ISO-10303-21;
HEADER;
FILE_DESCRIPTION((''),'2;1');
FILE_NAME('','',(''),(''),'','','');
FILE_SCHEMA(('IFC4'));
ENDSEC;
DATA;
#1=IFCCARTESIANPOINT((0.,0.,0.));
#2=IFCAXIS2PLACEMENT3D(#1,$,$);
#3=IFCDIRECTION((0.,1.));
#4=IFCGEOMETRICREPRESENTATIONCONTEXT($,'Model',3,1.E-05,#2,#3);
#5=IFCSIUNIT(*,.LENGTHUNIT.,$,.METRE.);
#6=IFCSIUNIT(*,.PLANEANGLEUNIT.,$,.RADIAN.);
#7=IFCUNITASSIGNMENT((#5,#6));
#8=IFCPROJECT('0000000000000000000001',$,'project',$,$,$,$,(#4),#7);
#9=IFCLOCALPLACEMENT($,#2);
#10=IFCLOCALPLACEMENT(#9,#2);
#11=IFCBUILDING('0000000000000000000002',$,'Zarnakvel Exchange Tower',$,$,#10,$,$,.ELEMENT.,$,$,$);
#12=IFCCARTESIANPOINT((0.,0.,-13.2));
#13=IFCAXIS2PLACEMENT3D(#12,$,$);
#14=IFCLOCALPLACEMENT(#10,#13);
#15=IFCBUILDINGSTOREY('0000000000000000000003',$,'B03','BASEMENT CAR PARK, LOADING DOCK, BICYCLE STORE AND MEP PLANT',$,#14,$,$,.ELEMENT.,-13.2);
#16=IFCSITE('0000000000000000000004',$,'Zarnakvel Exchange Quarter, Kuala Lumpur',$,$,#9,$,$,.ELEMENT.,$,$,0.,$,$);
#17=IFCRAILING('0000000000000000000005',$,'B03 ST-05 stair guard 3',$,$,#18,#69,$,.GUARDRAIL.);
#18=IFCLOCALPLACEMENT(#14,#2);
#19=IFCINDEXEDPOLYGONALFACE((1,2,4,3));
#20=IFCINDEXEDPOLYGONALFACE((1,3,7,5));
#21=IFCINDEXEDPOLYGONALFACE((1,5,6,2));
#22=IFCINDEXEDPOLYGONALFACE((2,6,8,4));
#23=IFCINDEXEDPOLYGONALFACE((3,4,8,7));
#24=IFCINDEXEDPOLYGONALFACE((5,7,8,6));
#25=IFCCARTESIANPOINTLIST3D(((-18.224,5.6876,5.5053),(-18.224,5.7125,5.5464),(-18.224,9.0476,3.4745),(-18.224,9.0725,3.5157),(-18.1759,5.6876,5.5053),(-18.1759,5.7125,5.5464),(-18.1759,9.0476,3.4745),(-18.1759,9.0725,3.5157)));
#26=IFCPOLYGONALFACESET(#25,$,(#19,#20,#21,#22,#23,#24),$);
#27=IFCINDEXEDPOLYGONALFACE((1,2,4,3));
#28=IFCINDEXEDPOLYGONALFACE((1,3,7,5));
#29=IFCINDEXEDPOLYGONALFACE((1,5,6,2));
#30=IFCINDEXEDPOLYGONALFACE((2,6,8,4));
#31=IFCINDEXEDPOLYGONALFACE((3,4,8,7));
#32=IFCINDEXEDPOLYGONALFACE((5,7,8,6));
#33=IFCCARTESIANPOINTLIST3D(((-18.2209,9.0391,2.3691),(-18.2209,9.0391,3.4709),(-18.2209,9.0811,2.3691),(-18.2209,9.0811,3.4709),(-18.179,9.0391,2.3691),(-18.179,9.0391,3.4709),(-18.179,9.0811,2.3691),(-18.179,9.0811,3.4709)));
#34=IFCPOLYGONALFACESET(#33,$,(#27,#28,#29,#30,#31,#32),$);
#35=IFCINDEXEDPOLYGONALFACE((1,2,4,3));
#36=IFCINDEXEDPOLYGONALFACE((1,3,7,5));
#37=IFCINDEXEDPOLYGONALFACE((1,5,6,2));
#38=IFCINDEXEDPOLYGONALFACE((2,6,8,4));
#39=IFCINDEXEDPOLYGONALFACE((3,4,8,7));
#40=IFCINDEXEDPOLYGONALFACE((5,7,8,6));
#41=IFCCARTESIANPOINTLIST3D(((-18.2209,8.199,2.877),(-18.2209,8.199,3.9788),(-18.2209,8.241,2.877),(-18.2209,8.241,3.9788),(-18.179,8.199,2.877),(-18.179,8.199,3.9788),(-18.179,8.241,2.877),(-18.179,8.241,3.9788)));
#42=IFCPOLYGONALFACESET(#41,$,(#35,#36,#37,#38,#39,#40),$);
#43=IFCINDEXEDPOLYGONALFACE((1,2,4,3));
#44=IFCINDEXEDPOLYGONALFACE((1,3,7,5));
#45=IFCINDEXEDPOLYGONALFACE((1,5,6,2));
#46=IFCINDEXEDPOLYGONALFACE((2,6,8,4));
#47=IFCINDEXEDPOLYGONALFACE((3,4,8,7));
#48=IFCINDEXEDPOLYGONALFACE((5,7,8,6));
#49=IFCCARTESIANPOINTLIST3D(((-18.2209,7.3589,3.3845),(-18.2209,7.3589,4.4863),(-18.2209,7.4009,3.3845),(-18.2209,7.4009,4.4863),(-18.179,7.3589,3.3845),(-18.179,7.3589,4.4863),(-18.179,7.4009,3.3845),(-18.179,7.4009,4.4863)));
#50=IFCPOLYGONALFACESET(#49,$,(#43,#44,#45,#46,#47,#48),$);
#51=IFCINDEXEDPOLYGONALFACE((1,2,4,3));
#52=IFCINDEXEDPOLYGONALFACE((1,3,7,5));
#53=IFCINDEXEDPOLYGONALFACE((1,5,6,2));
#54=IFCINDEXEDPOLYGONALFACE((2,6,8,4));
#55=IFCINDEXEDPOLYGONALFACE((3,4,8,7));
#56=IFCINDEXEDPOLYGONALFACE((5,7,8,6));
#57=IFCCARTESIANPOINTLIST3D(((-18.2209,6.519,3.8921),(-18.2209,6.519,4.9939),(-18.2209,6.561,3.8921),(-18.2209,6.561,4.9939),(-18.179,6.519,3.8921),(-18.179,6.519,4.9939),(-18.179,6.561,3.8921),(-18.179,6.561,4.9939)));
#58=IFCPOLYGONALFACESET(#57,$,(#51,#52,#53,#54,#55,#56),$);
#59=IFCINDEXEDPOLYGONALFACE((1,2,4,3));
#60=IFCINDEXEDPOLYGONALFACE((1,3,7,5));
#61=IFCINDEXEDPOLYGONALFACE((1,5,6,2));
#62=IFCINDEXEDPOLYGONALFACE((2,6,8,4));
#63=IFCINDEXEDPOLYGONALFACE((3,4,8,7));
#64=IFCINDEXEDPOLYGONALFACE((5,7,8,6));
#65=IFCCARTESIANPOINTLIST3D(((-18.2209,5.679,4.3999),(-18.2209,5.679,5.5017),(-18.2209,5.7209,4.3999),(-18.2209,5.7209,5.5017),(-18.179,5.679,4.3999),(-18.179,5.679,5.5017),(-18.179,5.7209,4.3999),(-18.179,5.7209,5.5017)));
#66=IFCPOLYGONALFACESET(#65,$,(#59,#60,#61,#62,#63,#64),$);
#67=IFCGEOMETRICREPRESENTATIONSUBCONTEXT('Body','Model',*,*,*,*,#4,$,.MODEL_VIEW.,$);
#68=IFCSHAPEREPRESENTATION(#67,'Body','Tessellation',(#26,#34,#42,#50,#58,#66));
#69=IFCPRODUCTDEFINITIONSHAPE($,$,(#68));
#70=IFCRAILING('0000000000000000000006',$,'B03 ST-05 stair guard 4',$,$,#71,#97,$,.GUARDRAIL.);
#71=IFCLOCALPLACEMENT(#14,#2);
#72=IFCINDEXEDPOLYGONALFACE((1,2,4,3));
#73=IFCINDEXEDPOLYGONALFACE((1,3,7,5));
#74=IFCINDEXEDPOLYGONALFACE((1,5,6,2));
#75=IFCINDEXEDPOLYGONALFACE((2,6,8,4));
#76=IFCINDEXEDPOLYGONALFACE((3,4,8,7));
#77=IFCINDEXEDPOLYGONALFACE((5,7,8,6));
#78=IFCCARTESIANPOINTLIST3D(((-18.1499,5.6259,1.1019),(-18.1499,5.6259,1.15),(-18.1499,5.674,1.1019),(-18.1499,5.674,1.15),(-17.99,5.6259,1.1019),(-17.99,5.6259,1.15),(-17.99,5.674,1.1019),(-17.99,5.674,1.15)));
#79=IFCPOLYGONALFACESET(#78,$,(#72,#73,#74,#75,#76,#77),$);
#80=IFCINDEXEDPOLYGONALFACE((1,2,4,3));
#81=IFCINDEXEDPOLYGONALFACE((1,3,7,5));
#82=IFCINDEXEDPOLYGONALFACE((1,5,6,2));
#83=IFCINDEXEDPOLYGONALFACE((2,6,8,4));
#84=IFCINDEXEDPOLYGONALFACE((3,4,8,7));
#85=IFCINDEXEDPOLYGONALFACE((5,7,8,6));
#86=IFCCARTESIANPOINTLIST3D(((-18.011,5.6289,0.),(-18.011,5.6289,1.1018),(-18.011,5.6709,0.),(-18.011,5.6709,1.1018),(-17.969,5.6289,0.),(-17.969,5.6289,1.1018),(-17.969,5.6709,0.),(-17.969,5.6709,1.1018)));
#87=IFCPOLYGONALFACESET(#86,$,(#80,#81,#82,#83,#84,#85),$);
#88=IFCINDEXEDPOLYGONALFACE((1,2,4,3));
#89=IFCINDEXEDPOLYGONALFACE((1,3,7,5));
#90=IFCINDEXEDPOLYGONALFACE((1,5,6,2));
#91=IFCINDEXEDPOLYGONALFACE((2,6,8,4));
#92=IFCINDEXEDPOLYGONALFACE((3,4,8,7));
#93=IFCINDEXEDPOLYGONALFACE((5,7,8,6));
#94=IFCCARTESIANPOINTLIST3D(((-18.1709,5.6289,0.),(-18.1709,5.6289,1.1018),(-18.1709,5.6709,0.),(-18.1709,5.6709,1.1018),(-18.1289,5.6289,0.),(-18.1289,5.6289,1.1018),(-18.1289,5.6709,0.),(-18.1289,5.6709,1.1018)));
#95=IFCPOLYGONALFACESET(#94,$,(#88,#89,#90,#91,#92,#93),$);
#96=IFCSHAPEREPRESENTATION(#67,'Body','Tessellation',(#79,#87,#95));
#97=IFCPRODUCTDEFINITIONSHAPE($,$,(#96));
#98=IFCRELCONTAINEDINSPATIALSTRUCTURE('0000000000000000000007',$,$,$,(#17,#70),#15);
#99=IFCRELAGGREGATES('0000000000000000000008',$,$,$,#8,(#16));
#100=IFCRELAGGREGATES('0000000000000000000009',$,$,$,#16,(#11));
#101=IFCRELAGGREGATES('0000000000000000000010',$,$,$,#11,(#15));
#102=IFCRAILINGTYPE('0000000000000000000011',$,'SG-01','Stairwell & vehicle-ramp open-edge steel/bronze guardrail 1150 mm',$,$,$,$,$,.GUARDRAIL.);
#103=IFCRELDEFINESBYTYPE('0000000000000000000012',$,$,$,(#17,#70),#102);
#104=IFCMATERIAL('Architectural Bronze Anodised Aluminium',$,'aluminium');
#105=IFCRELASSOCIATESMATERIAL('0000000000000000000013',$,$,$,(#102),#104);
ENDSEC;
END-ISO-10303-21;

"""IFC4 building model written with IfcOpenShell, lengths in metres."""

from ifc_helpers import new_model, si_unit, direction, frame, origin, origin_2d, place, context, subcontext, project, spatial, rectangle, extrude, material, type_object, element, save


model = new_model("IFC4")

# Units and contexts
model_context = context("Model", 3, precision=1e-05, world=origin(), true_north=direction((0.0, 1.0)))
body_context = subcontext(model_context, "Body", "Model", "MODEL_VIEW")
ifc_project = project(units=[si_unit("LENGTHUNIT", "METRE"), si_unit("PLANEANGLEUNIT", "RADIAN")], contexts=[model_context])

# Site, building, storey
site_placement = place(None, origin())
site = spatial("IfcSite", under=ifc_project, at=site_placement, Name="Zarnakvel Exchange Quarter, Kuala Lumpur", CompositionType="ELEMENT", RefElevation=0.0)
building_placement = place(site_placement, origin())
building = spatial("IfcBuilding", under=site, at=building_placement, Name="Zarnakvel Exchange Tower", CompositionType="ELEMENT")
storey_placement = place(building_placement, frame((0.0, 0.0, -13.2)))
storey = spatial("IfcBuildingStorey", under=building, at=storey_placement, Name="B03", Description="BASEMENT CAR PARK, LOADING DOCK, BICYCLE STORE AND MEP PLANT", CompositionType="ELEMENT", Elevation=-13.2)

# Railings
ifc_material_1 = material(Name="Architectural Bronze Anodised Aluminium", Category="aluminium")
railing_type_1 = type_object("IfcRailingType", Name="SG-01", Description="Stairwell & vehicle-ramp open-edge steel/bronze guardrail 1150 mm", PredefinedType="GUARDRAIL", material=ifc_material_1)
railing_1_placement = place(storey_placement, frame((-18.2, 9.0601, 2.3691)))
element("IfcRailing", 1, at=railing_1_placement, inside=storey, type_object=railing_type_1, Name="B03 ST-05 stair guard 3", PredefinedType="GUARDRAIL", context=body_context, shape_type="SweptSolid", body=[
    extrude(rectangle(XDim=0.0481, YDim=0.0481, at=origin_2d()), frame((0.0, 0.0, 1.126), z_axis=(0.0, -0.855837, 0.517246), x_axis=(1.0, 0.0, 0.0)), (0.0, 0.0, 1.0), 3.926),
    extrude(rectangle(XDim=0.042, YDim=0.042, at=origin_2d()), origin(), (0.0, 0.0, 1.0), 1.1018),
    extrude(rectangle(XDim=0.042, YDim=0.042, at=origin_2d()), frame((0.0, -0.8401, 0.5078)), (0.0, 0.0, 1.0), 1.1018),
    extrude(rectangle(XDim=0.042, YDim=0.042, at=origin_2d()), frame((0.0, -1.6802, 1.0154)), (0.0, 0.0, 1.0), 1.1018),
    extrude(rectangle(XDim=0.042, YDim=0.042, at=origin_2d()), frame((0.0, -2.52, 1.5229)), (0.0, 0.0, 1.0), 1.1018),
    extrude(rectangle(XDim=0.042, YDim=0.042, at=origin_2d()), frame((0.0, -3.3601, 2.0308)), (0.0, 0.0, 1.0), 1.1018),
])
railing_2_placement = place(storey_placement, frame((-17.99, 5.6499, 0.0)))
element("IfcRailing", 2, at=railing_2_placement, inside=storey, type_object=railing_type_1, Name="B03 ST-05 stair guard 4", PredefinedType="GUARDRAIL", context=body_context, shape_type="SweptSolid", body=[
    extrude(rectangle(XDim=0.0481, YDim=0.0481, at=origin_2d()), frame((0.0, 0.0, 1.126), z_axis=(-1.0, 0.0, 0.0), x_axis=(0.0, -1.0, 0.0)), (0.0, 0.0, 1.0), 0.1599),
    extrude(rectangle(XDim=0.042, YDim=0.042, at=origin_2d()), origin(), (0.0, 0.0, 1.0), 1.1018),
    extrude(rectangle(XDim=0.042, YDim=0.042, at=origin_2d()), frame((-0.1599, 0.0, 0.0)), (0.0, 0.0, 1.0), 1.1018),
])

save(model, "model.ifc")
